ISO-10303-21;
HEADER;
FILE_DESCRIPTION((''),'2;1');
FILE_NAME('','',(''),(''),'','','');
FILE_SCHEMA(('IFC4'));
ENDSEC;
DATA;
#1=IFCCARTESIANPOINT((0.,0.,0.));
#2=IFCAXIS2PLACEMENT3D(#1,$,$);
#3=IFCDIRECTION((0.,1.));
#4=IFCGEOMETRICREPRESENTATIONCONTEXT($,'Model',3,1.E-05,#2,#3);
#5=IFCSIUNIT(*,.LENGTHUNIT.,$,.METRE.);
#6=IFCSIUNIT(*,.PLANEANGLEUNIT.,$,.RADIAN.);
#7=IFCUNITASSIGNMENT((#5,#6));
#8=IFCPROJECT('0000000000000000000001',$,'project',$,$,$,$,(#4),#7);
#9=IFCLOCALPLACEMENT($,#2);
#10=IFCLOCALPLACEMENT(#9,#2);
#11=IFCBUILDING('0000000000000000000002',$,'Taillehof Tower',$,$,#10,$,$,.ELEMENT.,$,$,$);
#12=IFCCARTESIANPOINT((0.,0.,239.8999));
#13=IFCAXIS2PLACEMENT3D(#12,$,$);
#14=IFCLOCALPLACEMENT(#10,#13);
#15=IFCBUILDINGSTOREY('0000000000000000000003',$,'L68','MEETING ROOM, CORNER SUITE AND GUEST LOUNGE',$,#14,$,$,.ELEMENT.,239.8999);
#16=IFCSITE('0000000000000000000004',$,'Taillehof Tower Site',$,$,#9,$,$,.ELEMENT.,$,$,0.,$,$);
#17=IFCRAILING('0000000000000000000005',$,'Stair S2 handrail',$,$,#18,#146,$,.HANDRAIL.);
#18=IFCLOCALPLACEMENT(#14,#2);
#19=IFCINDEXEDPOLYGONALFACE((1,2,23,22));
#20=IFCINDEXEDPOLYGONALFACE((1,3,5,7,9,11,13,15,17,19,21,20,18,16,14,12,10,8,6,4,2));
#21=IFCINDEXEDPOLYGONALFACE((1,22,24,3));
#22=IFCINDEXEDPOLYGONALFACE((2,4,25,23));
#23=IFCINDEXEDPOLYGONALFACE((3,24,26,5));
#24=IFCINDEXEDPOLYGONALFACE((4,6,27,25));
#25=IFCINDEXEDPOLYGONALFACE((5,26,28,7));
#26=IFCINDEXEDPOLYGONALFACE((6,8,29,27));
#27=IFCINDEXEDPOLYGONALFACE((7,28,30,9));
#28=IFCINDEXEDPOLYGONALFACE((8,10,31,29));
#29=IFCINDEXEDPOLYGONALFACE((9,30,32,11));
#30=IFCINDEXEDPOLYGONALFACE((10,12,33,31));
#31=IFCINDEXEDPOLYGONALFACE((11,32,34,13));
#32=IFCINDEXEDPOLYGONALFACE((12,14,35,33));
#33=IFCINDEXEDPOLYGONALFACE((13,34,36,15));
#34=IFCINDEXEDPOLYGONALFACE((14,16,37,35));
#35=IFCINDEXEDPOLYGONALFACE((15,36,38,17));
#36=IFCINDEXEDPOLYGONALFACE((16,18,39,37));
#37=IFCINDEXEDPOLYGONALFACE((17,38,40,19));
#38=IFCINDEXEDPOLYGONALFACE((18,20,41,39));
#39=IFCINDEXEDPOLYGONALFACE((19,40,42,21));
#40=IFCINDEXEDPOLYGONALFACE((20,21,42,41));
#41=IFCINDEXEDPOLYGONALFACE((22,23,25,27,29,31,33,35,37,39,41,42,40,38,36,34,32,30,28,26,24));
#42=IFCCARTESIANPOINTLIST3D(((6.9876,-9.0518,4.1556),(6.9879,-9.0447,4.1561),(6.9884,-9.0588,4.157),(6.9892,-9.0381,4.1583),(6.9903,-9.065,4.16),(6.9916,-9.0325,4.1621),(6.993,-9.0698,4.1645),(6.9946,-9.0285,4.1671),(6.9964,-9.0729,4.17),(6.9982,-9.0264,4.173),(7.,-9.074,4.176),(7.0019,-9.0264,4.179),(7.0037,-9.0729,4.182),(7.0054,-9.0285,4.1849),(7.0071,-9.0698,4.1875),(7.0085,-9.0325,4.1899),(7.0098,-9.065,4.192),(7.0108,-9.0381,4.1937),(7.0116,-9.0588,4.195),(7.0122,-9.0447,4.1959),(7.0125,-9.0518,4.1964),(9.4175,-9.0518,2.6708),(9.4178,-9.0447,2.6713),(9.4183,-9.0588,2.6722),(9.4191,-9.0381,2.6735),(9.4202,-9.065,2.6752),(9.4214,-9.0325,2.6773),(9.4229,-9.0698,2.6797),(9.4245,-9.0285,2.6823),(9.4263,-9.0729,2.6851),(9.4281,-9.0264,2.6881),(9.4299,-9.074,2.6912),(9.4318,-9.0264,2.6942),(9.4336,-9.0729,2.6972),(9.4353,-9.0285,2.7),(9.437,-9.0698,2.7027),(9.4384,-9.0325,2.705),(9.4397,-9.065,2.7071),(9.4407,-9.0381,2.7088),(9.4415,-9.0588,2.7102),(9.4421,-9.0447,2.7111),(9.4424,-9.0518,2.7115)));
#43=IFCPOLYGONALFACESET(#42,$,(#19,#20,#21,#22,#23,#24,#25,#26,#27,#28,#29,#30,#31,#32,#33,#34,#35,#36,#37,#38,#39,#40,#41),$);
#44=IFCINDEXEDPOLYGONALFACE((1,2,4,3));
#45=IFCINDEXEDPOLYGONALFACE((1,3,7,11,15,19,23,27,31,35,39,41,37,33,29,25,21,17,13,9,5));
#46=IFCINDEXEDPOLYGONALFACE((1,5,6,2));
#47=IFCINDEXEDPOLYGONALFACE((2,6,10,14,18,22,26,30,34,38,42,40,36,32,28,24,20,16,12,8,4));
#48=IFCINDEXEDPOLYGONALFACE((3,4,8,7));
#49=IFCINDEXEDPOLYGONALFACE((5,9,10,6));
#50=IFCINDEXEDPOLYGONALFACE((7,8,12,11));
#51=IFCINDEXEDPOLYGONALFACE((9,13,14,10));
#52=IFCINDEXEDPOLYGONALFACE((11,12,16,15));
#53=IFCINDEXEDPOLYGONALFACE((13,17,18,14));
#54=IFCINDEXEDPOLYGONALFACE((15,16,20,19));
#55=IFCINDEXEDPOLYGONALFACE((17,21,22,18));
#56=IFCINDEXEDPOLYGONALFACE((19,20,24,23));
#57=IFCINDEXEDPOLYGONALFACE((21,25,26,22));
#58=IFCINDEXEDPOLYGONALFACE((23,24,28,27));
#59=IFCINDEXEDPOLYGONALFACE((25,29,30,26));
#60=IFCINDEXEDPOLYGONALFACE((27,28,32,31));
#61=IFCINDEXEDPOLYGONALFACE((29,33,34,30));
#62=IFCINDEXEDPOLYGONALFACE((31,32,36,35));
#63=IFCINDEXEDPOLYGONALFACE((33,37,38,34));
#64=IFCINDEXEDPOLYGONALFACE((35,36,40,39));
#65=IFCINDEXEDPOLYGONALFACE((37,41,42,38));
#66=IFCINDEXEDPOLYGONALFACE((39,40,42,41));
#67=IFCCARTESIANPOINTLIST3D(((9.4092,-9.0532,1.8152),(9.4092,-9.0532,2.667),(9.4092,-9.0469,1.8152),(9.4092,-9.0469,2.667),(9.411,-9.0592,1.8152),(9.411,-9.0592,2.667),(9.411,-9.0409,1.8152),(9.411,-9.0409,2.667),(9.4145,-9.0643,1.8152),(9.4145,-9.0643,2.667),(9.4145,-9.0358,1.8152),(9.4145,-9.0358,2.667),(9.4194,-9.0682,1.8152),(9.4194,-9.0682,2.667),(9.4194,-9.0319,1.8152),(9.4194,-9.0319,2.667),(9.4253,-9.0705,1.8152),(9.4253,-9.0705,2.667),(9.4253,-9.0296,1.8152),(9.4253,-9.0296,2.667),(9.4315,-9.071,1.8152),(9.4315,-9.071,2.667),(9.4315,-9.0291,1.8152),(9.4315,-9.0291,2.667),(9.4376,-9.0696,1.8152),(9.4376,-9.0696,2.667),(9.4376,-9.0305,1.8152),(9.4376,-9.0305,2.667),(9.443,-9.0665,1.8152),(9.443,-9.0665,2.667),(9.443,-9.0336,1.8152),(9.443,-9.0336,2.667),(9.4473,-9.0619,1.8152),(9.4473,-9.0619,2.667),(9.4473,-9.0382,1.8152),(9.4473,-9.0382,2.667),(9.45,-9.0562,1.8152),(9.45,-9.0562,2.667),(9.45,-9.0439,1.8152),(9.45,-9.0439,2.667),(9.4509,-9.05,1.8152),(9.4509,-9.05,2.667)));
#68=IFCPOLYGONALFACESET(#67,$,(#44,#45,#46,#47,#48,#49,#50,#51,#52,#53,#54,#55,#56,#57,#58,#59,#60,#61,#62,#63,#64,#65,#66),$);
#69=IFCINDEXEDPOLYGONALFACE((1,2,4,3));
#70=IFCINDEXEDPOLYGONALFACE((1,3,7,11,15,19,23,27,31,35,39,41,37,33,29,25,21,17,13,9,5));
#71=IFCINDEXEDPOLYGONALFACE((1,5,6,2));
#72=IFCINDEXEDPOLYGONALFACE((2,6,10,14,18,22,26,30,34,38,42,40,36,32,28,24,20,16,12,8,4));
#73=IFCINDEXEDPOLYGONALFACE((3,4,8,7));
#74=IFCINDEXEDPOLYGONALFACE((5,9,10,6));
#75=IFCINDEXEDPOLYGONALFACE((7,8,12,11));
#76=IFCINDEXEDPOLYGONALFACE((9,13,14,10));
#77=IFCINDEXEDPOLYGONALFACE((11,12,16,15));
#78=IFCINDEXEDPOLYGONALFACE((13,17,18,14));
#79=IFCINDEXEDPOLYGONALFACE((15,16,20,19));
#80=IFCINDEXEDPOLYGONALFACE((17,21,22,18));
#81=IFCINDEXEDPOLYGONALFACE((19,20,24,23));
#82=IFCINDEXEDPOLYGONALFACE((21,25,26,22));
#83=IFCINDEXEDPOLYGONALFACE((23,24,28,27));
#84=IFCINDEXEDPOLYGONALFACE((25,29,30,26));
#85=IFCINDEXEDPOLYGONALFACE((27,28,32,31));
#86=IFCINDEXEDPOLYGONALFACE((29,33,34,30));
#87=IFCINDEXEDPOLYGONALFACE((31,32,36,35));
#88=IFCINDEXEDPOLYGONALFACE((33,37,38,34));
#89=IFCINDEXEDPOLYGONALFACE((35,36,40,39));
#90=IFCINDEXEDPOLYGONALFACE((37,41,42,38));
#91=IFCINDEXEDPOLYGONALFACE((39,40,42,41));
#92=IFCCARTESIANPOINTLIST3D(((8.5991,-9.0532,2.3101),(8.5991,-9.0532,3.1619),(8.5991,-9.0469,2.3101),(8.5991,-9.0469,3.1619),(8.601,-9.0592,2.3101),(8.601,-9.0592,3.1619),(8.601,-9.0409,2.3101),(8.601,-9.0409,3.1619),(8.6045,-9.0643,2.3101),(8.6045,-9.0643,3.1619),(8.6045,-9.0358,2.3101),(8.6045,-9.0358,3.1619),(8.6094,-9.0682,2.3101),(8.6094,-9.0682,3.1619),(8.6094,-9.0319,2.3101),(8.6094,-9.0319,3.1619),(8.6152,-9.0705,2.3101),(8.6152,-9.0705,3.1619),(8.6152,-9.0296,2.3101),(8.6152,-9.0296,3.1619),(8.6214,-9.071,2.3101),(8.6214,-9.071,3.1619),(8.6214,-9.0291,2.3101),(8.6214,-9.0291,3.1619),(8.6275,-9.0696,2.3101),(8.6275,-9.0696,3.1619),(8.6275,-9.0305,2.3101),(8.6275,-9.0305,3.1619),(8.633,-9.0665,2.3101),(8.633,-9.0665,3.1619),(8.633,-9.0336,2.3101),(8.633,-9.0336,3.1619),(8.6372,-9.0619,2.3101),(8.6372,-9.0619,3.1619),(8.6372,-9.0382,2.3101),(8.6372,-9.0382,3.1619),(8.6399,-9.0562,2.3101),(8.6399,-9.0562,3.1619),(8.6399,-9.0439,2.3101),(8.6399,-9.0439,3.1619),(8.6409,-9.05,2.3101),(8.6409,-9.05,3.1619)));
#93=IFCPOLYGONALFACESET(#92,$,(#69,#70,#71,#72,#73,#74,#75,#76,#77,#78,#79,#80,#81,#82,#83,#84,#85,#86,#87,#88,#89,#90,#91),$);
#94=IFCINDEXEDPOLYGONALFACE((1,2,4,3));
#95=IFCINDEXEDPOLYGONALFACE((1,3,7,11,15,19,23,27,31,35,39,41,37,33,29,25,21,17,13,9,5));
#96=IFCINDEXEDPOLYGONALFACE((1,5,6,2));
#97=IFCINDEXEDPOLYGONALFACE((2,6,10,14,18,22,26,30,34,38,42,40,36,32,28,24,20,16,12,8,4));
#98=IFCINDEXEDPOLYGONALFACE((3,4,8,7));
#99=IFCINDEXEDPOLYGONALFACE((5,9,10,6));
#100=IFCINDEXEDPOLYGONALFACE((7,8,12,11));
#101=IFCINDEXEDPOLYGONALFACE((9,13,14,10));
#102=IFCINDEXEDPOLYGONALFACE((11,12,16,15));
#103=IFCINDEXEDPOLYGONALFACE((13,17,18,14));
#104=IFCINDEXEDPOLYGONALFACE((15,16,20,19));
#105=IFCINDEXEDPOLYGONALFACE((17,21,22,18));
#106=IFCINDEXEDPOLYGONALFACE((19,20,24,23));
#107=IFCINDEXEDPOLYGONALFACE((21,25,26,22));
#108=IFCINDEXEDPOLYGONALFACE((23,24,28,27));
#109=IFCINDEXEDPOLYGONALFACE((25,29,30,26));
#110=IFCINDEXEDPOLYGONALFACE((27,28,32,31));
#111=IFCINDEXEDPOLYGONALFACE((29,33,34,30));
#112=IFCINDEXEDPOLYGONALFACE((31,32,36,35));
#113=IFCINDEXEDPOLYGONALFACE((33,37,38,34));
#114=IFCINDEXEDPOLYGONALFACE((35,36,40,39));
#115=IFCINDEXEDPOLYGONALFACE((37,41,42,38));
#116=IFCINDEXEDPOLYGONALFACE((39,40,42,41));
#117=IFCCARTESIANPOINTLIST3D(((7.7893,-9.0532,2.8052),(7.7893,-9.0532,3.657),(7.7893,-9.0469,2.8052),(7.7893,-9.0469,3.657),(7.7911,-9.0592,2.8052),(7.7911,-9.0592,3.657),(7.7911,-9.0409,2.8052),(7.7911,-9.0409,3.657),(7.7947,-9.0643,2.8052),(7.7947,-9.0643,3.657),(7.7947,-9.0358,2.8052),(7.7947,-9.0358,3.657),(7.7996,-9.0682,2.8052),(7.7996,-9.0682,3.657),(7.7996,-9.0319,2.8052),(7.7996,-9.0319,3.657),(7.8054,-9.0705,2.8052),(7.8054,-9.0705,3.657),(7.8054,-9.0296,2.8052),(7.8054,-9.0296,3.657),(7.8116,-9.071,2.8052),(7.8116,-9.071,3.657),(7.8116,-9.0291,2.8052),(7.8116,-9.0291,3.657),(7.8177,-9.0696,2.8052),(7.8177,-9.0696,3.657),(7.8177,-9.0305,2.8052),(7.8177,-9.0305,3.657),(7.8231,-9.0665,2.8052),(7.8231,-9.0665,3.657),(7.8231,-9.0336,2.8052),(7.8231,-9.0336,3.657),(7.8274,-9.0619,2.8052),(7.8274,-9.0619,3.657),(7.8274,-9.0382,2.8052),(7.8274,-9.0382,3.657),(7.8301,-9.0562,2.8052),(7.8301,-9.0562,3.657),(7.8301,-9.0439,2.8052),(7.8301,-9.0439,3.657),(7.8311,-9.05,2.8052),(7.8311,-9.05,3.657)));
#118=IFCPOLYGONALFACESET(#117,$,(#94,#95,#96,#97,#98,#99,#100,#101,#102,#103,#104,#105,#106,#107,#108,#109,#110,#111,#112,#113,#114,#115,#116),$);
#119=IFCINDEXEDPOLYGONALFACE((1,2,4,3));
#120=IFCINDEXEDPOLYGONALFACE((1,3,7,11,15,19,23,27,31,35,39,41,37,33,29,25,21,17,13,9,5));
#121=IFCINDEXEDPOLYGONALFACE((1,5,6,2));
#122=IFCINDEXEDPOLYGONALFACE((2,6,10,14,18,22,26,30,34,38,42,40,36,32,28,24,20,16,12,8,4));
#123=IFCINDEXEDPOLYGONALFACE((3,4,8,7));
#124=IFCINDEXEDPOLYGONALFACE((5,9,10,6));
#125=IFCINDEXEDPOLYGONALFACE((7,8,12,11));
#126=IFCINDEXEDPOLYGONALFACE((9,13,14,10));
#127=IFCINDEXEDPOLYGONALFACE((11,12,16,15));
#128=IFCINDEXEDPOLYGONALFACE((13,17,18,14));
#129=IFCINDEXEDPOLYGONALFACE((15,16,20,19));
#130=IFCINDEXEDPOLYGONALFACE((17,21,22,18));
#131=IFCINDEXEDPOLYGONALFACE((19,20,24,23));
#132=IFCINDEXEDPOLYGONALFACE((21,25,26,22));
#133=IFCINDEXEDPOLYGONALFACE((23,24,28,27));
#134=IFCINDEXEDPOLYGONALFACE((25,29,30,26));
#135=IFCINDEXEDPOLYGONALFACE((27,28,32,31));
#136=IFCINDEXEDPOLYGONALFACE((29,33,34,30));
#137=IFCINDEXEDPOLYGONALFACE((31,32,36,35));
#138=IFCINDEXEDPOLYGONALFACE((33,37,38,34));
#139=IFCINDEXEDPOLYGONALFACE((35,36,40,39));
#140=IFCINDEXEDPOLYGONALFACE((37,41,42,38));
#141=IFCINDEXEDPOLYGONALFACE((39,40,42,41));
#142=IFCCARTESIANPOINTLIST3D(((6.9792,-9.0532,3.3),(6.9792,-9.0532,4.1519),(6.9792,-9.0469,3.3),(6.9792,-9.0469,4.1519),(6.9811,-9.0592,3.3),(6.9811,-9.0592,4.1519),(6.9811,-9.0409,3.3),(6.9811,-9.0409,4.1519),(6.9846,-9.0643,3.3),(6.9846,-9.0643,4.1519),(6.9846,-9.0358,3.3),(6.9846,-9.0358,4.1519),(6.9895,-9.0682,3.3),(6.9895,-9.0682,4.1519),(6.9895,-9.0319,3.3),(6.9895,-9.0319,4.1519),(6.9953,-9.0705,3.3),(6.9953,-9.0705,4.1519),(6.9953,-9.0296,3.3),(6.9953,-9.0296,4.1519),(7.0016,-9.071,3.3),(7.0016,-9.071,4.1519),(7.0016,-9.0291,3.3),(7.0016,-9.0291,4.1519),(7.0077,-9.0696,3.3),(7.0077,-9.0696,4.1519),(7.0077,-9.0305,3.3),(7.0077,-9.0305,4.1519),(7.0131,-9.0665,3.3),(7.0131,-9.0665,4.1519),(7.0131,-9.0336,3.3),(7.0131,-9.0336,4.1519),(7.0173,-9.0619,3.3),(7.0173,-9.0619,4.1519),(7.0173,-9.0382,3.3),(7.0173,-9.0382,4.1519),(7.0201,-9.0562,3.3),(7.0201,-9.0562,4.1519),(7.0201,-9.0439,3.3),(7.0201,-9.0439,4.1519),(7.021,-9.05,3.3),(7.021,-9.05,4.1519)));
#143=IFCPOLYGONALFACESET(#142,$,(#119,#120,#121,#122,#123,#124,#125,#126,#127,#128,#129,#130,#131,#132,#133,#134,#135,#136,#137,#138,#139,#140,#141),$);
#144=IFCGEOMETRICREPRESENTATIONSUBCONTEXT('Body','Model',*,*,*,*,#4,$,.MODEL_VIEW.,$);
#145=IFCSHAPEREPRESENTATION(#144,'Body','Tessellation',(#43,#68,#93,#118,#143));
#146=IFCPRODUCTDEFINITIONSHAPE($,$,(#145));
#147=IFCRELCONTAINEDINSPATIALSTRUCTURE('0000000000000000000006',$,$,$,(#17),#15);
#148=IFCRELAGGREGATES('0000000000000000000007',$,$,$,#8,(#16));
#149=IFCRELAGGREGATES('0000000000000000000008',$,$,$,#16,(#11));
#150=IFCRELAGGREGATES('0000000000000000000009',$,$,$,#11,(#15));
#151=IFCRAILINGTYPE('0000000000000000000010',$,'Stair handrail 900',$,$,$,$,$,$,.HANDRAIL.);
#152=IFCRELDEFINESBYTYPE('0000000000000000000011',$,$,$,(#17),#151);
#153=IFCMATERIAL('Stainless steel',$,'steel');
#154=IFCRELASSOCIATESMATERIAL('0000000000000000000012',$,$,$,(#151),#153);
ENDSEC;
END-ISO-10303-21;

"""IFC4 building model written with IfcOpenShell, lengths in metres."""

from ifc_helpers import new_model, si_unit, direction, frame, origin, origin_2d, place, context, subcontext, project, spatial, circle, extrude, material, type_object, element, save


model = new_model("IFC4")

# Units and contexts
model_context = context("Model", 3, precision=1e-05, world=origin(), true_north=direction((0.0, 1.0)))
body_context = subcontext(model_context, "Body", "Model", "MODEL_VIEW")
ifc_project = project(units=[si_unit("LENGTHUNIT", "METRE"), si_unit("PLANEANGLEUNIT", "RADIAN")], contexts=[model_context])

# Site, building, storey
site_placement = place(None, origin())
site = spatial("IfcSite", under=ifc_project, at=site_placement, Name="Taillehof Tower Site", CompositionType="ELEMENT", RefElevation=0.0)
building_placement = place(site_placement, origin())
building = spatial("IfcBuilding", under=site, at=building_placement, Name="Taillehof Tower", CompositionType="ELEMENT")
storey_placement = place(building_placement, frame((0.0, 0.0, 239.8999)))
storey = spatial("IfcBuildingStorey", under=building, at=storey_placement, Name="L68", Description="MEETING ROOM, CORNER SUITE AND GUEST LOUNGE", CompositionType="ELEMENT", Elevation=239.8999)

# Railing
ifc_material_1 = material(Name="Stainless steel", Category="steel")
railing_type = type_object("IfcRailingType", Name="Stair handrail 900", PredefinedType="HANDRAIL", material=ifc_material_1)
railing_placement = place(storey_placement, frame((9.4299, -9.05, 1.8152)))
element("IfcRailing", 1, at=railing_placement, inside=storey, type_object=railing_type, Name="Stair S2 handrail", PredefinedType="HANDRAIL", context=body_context, shape_type="SweptSolid", body=[
    extrude(circle(Radius=0.0239, at=origin_2d()), frame((0.0, 0.0, 0.876), z_axis=(-0.853297, 0.0, 0.521426), x_axis=(0.0, -1.0, 0.0)), (0.0, 0.0, 1.0), 2.8477),
    extrude(circle(Radius=0.021, at=origin_2d()), origin(), (0.0, 0.0, 1.0), 0.8518),
    extrude(circle(Radius=0.021, at=origin_2d()), frame((-0.8101, 0.0, 0.4949)), (0.0, 0.0, 1.0), 0.8518),
    extrude(circle(Radius=0.021, at=origin_2d()), frame((-1.6199, 0.0, 0.99)), (0.0, 0.0, 1.0), 0.8518),
    extrude(circle(Radius=0.021, at=origin_2d()), frame((-2.4299, 0.0, 1.4849)), (0.0, 0.0, 1.0), 0.8518),
])

save(model, "model.ifc")
